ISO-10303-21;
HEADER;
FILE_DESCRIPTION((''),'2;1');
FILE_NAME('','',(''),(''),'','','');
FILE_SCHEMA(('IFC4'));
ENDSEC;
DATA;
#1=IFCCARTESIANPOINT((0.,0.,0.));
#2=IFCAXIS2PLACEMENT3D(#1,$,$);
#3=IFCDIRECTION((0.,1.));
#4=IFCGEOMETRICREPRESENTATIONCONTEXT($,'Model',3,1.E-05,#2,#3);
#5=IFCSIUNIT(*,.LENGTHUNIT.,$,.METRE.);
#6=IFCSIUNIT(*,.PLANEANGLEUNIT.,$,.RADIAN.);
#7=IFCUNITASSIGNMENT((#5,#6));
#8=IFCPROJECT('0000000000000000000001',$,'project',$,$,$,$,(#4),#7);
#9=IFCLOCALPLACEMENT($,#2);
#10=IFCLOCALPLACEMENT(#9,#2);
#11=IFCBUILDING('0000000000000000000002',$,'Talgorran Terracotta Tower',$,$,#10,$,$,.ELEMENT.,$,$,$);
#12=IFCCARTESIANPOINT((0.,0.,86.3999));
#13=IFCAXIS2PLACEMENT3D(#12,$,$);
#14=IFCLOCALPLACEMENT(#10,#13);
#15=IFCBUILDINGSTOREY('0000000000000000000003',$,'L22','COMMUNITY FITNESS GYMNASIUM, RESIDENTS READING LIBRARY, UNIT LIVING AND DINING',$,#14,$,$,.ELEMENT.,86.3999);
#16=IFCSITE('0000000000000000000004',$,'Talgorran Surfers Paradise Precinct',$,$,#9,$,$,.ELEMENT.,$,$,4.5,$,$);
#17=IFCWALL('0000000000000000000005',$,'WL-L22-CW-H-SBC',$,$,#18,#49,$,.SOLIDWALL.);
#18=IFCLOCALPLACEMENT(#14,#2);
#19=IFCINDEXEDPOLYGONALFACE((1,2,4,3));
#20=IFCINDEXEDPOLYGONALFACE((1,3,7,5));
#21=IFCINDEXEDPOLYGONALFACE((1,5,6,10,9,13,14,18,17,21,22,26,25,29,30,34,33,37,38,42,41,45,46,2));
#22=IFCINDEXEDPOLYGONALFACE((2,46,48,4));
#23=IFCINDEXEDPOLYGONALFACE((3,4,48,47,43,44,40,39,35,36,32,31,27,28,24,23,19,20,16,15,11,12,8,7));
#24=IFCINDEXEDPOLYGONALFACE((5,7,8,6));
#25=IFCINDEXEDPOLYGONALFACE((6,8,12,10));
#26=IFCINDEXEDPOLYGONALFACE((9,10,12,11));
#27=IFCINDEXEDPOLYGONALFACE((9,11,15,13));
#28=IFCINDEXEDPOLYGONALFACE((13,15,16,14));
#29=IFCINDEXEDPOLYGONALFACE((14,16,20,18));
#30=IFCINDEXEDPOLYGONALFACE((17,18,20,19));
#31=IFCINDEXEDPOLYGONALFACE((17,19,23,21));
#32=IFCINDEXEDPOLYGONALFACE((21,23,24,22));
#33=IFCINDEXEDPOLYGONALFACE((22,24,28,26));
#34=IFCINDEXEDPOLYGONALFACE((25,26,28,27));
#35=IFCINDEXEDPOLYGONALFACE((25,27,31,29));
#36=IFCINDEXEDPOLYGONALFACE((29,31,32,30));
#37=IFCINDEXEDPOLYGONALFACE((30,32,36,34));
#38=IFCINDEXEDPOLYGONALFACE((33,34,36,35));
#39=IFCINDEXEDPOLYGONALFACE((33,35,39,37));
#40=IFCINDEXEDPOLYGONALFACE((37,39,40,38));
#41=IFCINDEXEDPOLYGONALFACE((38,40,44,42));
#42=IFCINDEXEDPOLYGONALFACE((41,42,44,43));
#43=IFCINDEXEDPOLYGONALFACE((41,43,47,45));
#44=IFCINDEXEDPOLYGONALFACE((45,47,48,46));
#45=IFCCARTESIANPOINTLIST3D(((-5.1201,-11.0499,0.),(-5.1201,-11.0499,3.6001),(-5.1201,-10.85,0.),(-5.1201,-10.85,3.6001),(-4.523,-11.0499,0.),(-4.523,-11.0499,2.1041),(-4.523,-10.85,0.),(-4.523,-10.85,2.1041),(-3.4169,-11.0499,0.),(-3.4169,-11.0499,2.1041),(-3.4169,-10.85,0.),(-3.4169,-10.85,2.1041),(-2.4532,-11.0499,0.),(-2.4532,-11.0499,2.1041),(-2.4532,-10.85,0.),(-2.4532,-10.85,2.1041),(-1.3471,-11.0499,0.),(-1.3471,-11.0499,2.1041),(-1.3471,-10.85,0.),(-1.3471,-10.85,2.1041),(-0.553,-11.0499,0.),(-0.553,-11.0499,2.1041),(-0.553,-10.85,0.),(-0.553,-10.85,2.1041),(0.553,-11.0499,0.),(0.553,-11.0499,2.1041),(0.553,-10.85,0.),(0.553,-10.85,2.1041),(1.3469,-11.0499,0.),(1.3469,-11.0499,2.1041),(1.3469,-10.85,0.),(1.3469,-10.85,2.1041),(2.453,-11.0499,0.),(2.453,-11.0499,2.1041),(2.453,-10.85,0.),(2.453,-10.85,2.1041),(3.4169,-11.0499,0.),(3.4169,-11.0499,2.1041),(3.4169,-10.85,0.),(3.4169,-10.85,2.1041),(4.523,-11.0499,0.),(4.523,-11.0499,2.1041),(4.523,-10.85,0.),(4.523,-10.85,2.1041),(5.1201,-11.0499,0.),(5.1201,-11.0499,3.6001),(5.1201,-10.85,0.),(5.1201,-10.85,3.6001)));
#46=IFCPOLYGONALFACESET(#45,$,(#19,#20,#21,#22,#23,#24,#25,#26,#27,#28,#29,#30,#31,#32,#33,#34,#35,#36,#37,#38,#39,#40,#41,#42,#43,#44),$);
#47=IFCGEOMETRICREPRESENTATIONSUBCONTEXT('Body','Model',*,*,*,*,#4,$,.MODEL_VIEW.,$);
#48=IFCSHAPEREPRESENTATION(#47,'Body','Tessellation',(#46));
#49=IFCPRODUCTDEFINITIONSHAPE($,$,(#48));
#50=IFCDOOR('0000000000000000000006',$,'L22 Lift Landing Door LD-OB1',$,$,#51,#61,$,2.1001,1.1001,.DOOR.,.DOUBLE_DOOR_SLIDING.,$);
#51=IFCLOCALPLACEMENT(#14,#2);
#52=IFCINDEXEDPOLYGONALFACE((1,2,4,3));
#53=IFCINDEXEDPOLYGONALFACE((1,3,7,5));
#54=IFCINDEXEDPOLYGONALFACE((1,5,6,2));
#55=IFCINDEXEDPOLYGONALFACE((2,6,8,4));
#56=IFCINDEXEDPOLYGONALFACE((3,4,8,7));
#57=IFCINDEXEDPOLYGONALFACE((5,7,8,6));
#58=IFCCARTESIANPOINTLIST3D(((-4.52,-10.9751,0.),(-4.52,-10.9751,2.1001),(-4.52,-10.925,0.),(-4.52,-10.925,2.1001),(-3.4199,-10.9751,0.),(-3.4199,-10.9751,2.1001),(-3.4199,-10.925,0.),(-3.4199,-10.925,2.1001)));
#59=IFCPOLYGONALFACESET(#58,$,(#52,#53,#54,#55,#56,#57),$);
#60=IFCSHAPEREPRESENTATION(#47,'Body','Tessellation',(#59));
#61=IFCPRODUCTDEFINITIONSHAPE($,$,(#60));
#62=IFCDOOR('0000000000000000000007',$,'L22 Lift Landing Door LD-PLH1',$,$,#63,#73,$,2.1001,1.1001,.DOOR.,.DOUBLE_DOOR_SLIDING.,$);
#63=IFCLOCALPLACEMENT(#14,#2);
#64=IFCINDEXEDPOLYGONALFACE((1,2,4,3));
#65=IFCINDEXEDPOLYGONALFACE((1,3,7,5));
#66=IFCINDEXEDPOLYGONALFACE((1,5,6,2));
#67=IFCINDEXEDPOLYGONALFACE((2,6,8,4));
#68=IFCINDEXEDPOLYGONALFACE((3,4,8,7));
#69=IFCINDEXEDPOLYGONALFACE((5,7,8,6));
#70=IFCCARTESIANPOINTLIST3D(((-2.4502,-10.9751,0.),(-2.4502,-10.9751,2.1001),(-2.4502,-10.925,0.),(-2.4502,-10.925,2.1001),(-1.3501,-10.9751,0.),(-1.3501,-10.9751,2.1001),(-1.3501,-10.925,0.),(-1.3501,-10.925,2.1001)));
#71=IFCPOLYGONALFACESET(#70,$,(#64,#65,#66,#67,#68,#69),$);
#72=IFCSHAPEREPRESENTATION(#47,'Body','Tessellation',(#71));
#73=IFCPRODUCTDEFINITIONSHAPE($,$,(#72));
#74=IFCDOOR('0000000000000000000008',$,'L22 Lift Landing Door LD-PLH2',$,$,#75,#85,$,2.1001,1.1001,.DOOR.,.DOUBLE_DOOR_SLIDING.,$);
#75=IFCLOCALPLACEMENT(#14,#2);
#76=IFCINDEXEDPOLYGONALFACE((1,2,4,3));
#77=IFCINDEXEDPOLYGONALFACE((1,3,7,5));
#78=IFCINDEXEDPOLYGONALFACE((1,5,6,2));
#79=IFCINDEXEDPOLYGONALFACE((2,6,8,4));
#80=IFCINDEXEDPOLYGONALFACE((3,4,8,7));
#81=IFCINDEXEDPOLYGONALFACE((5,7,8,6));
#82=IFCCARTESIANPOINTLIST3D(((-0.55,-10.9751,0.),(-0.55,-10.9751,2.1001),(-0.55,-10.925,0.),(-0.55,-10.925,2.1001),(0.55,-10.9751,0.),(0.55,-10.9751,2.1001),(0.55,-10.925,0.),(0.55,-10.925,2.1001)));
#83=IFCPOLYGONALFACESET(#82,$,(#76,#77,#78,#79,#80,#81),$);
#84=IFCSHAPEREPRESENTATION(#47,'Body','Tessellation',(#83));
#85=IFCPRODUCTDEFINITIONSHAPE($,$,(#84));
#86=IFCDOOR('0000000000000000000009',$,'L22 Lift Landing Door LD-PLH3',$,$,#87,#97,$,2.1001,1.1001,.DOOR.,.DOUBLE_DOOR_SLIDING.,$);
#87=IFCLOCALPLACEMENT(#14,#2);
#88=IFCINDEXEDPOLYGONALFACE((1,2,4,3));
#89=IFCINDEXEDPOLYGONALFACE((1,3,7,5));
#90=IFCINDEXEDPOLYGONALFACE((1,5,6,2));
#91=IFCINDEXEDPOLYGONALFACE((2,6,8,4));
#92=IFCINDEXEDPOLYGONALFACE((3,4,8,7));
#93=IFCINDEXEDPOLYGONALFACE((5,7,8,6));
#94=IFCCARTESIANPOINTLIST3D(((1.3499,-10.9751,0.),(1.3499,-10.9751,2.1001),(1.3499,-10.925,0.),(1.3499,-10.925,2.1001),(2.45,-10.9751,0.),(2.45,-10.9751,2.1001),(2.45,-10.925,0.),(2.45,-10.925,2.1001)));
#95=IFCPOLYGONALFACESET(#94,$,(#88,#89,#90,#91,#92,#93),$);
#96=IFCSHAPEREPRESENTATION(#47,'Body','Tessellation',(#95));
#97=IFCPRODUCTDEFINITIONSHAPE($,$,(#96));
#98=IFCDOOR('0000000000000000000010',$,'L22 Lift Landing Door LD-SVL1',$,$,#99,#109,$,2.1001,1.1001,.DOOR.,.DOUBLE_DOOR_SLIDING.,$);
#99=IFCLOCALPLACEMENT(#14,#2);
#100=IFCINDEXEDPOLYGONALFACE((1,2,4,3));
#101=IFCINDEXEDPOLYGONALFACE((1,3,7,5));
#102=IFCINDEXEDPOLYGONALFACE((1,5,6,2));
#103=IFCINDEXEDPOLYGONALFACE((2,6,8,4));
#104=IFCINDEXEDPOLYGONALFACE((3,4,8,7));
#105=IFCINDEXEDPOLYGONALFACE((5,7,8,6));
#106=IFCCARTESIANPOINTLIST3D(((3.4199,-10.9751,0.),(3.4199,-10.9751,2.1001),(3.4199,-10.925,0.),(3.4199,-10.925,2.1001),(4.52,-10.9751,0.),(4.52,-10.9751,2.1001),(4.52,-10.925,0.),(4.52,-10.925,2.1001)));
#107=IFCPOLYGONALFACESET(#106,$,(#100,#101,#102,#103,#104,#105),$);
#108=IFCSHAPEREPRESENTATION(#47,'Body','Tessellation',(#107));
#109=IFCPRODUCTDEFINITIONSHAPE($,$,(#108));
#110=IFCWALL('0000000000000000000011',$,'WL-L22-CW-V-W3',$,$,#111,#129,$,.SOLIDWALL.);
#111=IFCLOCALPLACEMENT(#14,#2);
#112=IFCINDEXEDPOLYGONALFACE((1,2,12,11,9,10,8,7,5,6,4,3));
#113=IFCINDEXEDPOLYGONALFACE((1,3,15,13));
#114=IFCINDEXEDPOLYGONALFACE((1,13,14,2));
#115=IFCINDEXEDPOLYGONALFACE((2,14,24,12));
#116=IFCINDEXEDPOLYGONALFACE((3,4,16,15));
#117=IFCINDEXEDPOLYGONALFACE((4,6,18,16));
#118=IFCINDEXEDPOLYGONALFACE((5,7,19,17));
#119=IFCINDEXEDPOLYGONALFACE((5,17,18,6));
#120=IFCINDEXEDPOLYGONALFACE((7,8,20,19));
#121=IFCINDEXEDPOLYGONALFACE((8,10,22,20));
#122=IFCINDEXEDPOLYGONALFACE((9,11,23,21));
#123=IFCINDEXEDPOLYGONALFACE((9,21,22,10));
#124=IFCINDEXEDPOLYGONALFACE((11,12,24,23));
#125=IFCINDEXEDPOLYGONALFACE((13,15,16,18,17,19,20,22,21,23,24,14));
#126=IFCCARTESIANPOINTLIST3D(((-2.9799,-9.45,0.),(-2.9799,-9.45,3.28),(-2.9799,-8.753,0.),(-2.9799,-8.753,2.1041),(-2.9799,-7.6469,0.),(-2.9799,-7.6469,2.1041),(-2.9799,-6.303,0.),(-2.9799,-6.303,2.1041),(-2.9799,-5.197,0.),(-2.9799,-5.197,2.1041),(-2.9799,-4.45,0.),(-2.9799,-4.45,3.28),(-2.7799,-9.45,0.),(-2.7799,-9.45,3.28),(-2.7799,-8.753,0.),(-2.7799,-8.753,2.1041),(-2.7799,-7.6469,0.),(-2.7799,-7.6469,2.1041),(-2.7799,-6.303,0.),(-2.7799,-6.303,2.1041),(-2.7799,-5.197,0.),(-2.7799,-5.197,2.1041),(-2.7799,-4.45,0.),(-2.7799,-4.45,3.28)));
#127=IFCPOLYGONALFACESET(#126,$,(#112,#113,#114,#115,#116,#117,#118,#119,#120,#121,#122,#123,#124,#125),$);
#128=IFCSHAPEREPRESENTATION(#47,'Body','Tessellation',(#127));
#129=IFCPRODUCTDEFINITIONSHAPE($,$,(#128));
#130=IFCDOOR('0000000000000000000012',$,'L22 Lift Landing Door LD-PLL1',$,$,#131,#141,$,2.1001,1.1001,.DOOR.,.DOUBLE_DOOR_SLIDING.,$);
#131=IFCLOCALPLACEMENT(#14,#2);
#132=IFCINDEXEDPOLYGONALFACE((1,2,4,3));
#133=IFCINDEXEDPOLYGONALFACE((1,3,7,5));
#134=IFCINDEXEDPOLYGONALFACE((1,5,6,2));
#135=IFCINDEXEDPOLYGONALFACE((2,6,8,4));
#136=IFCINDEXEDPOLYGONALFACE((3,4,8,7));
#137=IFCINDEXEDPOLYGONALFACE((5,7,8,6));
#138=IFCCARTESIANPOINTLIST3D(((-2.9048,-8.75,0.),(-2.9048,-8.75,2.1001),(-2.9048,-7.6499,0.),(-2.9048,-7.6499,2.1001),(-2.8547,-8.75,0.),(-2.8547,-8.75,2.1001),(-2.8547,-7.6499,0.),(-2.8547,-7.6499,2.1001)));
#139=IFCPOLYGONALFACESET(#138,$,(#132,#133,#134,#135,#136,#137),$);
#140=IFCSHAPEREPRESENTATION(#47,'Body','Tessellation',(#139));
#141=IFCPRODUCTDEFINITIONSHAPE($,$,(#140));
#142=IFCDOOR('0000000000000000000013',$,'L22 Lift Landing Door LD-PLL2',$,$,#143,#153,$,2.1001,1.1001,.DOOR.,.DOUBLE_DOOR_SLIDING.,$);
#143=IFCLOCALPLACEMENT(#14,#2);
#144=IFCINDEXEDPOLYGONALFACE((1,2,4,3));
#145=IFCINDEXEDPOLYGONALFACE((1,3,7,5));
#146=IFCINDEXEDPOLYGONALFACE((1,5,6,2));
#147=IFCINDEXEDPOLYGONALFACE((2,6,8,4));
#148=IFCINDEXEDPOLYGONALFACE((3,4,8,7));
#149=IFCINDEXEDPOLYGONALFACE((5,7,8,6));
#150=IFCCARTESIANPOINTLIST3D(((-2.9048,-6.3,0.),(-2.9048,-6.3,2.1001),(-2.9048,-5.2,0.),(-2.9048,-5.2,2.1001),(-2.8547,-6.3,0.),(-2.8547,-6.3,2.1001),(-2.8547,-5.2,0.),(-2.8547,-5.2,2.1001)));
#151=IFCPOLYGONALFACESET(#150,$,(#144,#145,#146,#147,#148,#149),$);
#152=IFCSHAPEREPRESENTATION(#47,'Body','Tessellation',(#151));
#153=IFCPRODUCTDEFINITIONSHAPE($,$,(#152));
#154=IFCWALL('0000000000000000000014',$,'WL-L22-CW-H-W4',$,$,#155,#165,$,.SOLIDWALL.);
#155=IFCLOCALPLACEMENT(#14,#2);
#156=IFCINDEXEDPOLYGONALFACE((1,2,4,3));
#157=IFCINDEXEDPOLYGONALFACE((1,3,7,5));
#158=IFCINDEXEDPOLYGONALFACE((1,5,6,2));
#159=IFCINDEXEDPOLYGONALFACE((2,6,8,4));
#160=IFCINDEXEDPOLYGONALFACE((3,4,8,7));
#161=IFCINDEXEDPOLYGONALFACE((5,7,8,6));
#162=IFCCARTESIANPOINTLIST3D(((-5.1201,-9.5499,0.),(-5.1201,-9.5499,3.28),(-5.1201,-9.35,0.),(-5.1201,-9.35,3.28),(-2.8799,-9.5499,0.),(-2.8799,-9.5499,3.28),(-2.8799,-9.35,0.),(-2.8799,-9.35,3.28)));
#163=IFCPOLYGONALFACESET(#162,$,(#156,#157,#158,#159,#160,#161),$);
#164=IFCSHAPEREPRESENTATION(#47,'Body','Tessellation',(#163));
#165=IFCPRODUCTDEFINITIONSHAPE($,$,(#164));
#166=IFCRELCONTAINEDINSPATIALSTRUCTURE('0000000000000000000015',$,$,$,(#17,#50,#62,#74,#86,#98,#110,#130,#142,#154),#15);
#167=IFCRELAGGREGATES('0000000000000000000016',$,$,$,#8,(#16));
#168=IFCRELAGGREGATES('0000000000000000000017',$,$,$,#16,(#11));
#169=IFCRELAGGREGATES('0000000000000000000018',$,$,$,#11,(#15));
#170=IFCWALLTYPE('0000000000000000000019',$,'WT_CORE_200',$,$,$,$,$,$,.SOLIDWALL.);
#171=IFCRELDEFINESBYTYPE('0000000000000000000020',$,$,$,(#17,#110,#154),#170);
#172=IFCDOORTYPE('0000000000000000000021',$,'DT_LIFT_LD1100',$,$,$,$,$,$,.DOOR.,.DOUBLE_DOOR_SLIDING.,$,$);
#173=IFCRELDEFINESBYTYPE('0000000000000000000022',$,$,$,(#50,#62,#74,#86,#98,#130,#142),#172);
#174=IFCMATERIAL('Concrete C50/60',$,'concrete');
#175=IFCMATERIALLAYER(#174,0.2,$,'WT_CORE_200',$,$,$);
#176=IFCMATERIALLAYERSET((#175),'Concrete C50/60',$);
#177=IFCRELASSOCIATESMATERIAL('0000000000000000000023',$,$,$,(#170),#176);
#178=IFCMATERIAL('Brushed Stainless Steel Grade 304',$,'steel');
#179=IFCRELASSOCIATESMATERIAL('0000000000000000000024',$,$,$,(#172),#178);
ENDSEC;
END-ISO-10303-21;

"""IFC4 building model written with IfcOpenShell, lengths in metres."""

from ifc_helpers import new_model, si_unit, direction, frame, frame_2d, origin, place, context, subcontext, project, spatial, rectangle, extrude, material, layer, layer_set, type_object, element, fill, save


model = new_model("IFC4")

# Units and contexts
model_context = context("Model", 3, precision=1e-05, world=origin(), true_north=direction((0.0, 1.0)))
body_context = subcontext(model_context, "Body", "Model", "MODEL_VIEW")
ifc_project = project(units=[si_unit("LENGTHUNIT", "METRE"), si_unit("PLANEANGLEUNIT", "RADIAN")], contexts=[model_context])

# Site, building, storey
site_placement = place(None, origin())
site = spatial("IfcSite", under=ifc_project, at=site_placement, Name="Talgorran Surfers Paradise Precinct", CompositionType="ELEMENT", RefElevation=4.5)
building_placement = place(site_placement, origin())
building = spatial("IfcBuilding", under=site, at=building_placement, Name="Talgorran Terracotta Tower", CompositionType="ELEMENT")
storey_placement = place(building_placement, frame((0.0, 0.0, 86.3999)))
storey = spatial("IfcBuildingStorey", under=building, at=storey_placement, Name="L22", Description="COMMUNITY FITNESS GYMNASIUM, RESIDENTS READING LIBRARY, UNIT LIVING AND DINING", CompositionType="ELEMENT", Elevation=86.3999)

# Walls, openings, doors
ifc_material_1 = material(Name="Concrete C50/60", Category="concrete")
ifc_layer_1 = layer(ifc_material_1, 0.2, Name="WT_CORE_200")
ifc_layer_set_1 = layer_set([ifc_layer_1], Name="Concrete C50/60")
wall_type_1 = type_object("IfcWallType", Name="WT_CORE_200", PredefinedType="SOLIDWALL", material=ifc_layer_set_1)
ifc_material_2 = material(Name="Brushed Stainless Steel Grade 304", Category="steel")
door_type_1 = type_object("IfcDoorType", Name="DT_LIFT_LD1100", OperationType="DOUBLE_DOOR_SLIDING", PredefinedType="DOOR", material=ifc_material_2)
wall_1_placement = place(storey_placement, frame((-5.1201, -10.95, 0.0), z_axis=(0.0, 0.0, 1.0), x_axis=(1.0, 0.0, 0.0)))
wall_1 = element("IfcWall", 1, at=wall_1_placement, inside=storey, type_object=wall_type_1, Name="WL-L22-CW-H-SBC", PredefinedType="SOLIDWALL", context=body_context, shape_type="SweptSolid", body=[
    extrude(rectangle(XDim=10.2402, YDim=0.2, at=frame_2d((5.1201, 0.0))), origin(), (0.0, 0.0, 1.0), 3.6001),
])
opening_1_placement = place(wall_1_placement, frame((0.6001, 0.0, 0.0)))
opening_1 = element("IfcOpeningElement", 2, at=opening_1_placement, cuts=wall_1, PredefinedType="OPENING", context=body_context, shape_type="SweptSolid", body=[
    extrude(rectangle(XDim=1.1061, YDim=2.1041, at=frame_2d((0.55, 1.052))), frame((0.0, 0.1099, 0.0), z_axis=(0.0, -1.0, 0.0), x_axis=(1.0, 0.0, 0.0)), (0.0, 0.0, 1.0), 0.22),
])
opening_2_placement = place(wall_1_placement, frame((2.6699, 0.0, 0.0)))
opening_2 = element("IfcOpeningElement", 3, at=opening_2_placement, cuts=wall_1, PredefinedType="OPENING", context=body_context, shape_type="SweptSolid", body=[
    extrude(rectangle(XDim=1.1061, YDim=2.1041, at=frame_2d((0.55, 1.052))), frame((0.0, 0.1099, 0.0), z_axis=(0.0, -1.0, 0.0), x_axis=(1.0, 0.0, 0.0)), (0.0, 0.0, 1.0), 0.22),
])
opening_3_placement = place(wall_1_placement, frame((4.5701, 0.0, 0.0)))
opening_3 = element("IfcOpeningElement", 4, at=opening_3_placement, cuts=wall_1, PredefinedType="OPENING", context=body_context, shape_type="SweptSolid", body=[
    extrude(rectangle(XDim=1.1061, YDim=2.1041, at=frame_2d((0.55, 1.052))), frame((0.0, 0.1099, 0.0), z_axis=(0.0, -1.0, 0.0), x_axis=(1.0, 0.0, 0.0)), (0.0, 0.0, 1.0), 0.22),
])
opening_4_placement = place(wall_1_placement, frame((6.47, 0.0, 0.0)))
opening_4 = element("IfcOpeningElement", 5, at=opening_4_placement, cuts=wall_1, PredefinedType="OPENING", context=body_context, shape_type="SweptSolid", body=[
    extrude(rectangle(XDim=1.1061, YDim=2.1041, at=frame_2d((0.55, 1.052))), frame((0.0, 0.1099, 0.0), z_axis=(0.0, -1.0, 0.0), x_axis=(1.0, 0.0, 0.0)), (0.0, 0.0, 1.0), 0.22),
])
opening_5_placement = place(wall_1_placement, frame((8.54, 0.0, 0.0)))
opening_5 = element("IfcOpeningElement", 6, at=opening_5_placement, cuts=wall_1, PredefinedType="OPENING", context=body_context, shape_type="SweptSolid", body=[
    extrude(rectangle(XDim=1.1061, YDim=2.1041, at=frame_2d((0.55, 1.052))), frame((0.0, 0.1099, 0.0), z_axis=(0.0, -1.0, 0.0), x_axis=(1.0, 0.0, 0.0)), (0.0, 0.0, 1.0), 0.22),
])
door_1_placement = place(opening_1_placement, origin())
door_1 = element("IfcDoor", 7, at=door_1_placement, inside=storey, type_object=door_type_1, Name="L22 Lift Landing Door LD-OB1", OperationType="DOUBLE_DOOR_SLIDING", OverallHeight=2.1001, OverallWidth=1.1001, PredefinedType="DOOR", context=body_context, shape_type="SweptSolid", body=[
    extrude(rectangle(XDim=1.1001, YDim=2.1001, at=frame_2d((0.55, 1.05))), frame((0.0, 0.0249, 0.0), z_axis=(0.0, -1.0, 0.0), x_axis=(1.0, 0.0, 0.0)), (0.0, 0.0, 1.0), 0.05),
])
fill(opening_1, door_1)
door_2_placement = place(opening_2_placement, origin())
door_2 = element("IfcDoor", 8, at=door_2_placement, inside=storey, type_object=door_type_1, Name="L22 Lift Landing Door LD-PLH1", OperationType="DOUBLE_DOOR_SLIDING", OverallHeight=2.1001, OverallWidth=1.1001, PredefinedType="DOOR", context=body_context, shape_type="SweptSolid", body=[
    extrude(rectangle(XDim=1.1001, YDim=2.1001, at=frame_2d((0.55, 1.05))), frame((0.0, 0.0249, 0.0), z_axis=(0.0, -1.0, 0.0), x_axis=(1.0, 0.0, 0.0)), (0.0, 0.0, 1.0), 0.05),
])
fill(opening_2, door_2)
door_3_placement = place(opening_3_placement, origin())
door_3 = element("IfcDoor", 9, at=door_3_placement, inside=storey, type_object=door_type_1, Name="L22 Lift Landing Door LD-PLH2", OperationType="DOUBLE_DOOR_SLIDING", OverallHeight=2.1001, OverallWidth=1.1001, PredefinedType="DOOR", context=body_context, shape_type="SweptSolid", body=[
    extrude(rectangle(XDim=1.1001, YDim=2.1001, at=frame_2d((0.55, 1.05))), frame((0.0, 0.0249, 0.0), z_axis=(0.0, -1.0, 0.0), x_axis=(1.0, 0.0, 0.0)), (0.0, 0.0, 1.0), 0.05),
])
fill(opening_3, door_3)
door_4_placement = place(opening_4_placement, origin())
door_4 = element("IfcDoor", 10, at=door_4_placement, inside=storey, type_object=door_type_1, Name="L22 Lift Landing Door LD-PLH3", OperationType="DOUBLE_DOOR_SLIDING", OverallHeight=2.1001, OverallWidth=1.1001, PredefinedType="DOOR", context=body_context, shape_type="SweptSolid", body=[
    extrude(rectangle(XDim=1.1001, YDim=2.1001, at=frame_2d((0.55, 1.05))), frame((0.0, 0.0249, 0.0), z_axis=(0.0, -1.0, 0.0), x_axis=(1.0, 0.0, 0.0)), (0.0, 0.0, 1.0), 0.05),
])
fill(opening_4, door_4)
door_5_placement = place(opening_5_placement, origin())
door_5 = element("IfcDoor", 11, at=door_5_placement, inside=storey, type_object=door_type_1, Name="L22 Lift Landing Door LD-SVL1", OperationType="DOUBLE_DOOR_SLIDING", OverallHeight=2.1001, OverallWidth=1.1001, PredefinedType="DOOR", context=body_context, shape_type="SweptSolid", body=[
    extrude(rectangle(XDim=1.1001, YDim=2.1001, at=frame_2d((0.55, 1.05))), frame((0.0, 0.0249, 0.0), z_axis=(0.0, -1.0, 0.0), x_axis=(1.0, 0.0, 0.0)), (0.0, 0.0, 1.0), 0.05),
])
fill(opening_5, door_5)
wall_2_placement = place(storey_placement, frame((-2.8799, -9.45, 0.0), z_axis=(0.0, 0.0, 1.0), x_axis=(0.0, 1.0, 0.0)))
wall_2 = element("IfcWall", 12, at=wall_2_placement, inside=storey, type_object=wall_type_1, Name="WL-L22-CW-V-W3", PredefinedType="SOLIDWALL", context=body_context, shape_type="SweptSolid", body=[
    extrude(rectangle(XDim=5.0, YDim=0.2, at=frame_2d((2.5, 0.0))), origin(), (0.0, 0.0, 1.0), 3.28),
])
opening_6_placement = place(wall_2_placement, frame((0.7, 0.0, 0.0)))
opening_6 = element("IfcOpeningElement", 13, at=opening_6_placement, cuts=wall_2, PredefinedType="OPENING", context=body_context, shape_type="SweptSolid", body=[
    extrude(rectangle(XDim=1.1061, YDim=2.1041, at=frame_2d((0.55, 1.052))), frame((0.0, 0.1099, 0.0), z_axis=(0.0, -1.0, 0.0), x_axis=(1.0, 0.0, 0.0)), (0.0, 0.0, 1.0), 0.22),
])
opening_7_placement = place(wall_2_placement, frame((3.1499, 0.0, 0.0)))
opening_7 = element("IfcOpeningElement", 14, at=opening_7_placement, cuts=wall_2, PredefinedType="OPENING", context=body_context, shape_type="SweptSolid", body=[
    extrude(rectangle(XDim=1.1061, YDim=2.1041, at=frame_2d((0.55, 1.052))), frame((0.0, 0.1099, 0.0), z_axis=(0.0, -1.0, 0.0), x_axis=(1.0, 0.0, 0.0)), (0.0, 0.0, 1.0), 0.22),
])
door_6_placement = place(opening_6_placement, origin())
door_6 = element("IfcDoor", 15, at=door_6_placement, inside=storey, type_object=door_type_1, Name="L22 Lift Landing Door LD-PLL1", OperationType="DOUBLE_DOOR_SLIDING", OverallHeight=2.1001, OverallWidth=1.1001, PredefinedType="DOOR", context=body_context, shape_type="SweptSolid", body=[
    extrude(rectangle(XDim=1.1001, YDim=2.1001, at=frame_2d((0.55, 1.05))), frame((0.0, 0.0249, 0.0), z_axis=(0.0, -1.0, 0.0), x_axis=(1.0, 0.0, 0.0)), (0.0, 0.0, 1.0), 0.05),
])
fill(opening_6, door_6)
door_7_placement = place(opening_7_placement, origin())
door_7 = element("IfcDoor", 16, at=door_7_placement, inside=storey, type_object=door_type_1, Name="L22 Lift Landing Door LD-PLL2", OperationType="DOUBLE_DOOR_SLIDING", OverallHeight=2.1001, OverallWidth=1.1001, PredefinedType="DOOR", context=body_context, shape_type="SweptSolid", body=[
    extrude(rectangle(XDim=1.1001, YDim=2.1001, at=frame_2d((0.55, 1.05))), frame((0.0, 0.0249, 0.0), z_axis=(0.0, -1.0, 0.0), x_axis=(1.0, 0.0, 0.0)), (0.0, 0.0, 1.0), 0.05),
])
fill(opening_7, door_7)

# Wall
wall_3_placement = place(storey_placement, frame((-5.1201, -9.45, 0.0), z_axis=(0.0, 0.0, 1.0), x_axis=(1.0, 0.0, 0.0)))
element("IfcWall", 17, at=wall_3_placement, inside=storey, type_object=wall_type_1, Name="WL-L22-CW-H-W4", PredefinedType="SOLIDWALL", context=body_context, shape_type="SweptSolid", body=[
    extrude(rectangle(XDim=2.2402, YDim=0.2, at=frame_2d((1.1201, 0.0))), origin(), (0.0, 0.0, 1.0), 3.28),
])

save(model, "model.ifc")
